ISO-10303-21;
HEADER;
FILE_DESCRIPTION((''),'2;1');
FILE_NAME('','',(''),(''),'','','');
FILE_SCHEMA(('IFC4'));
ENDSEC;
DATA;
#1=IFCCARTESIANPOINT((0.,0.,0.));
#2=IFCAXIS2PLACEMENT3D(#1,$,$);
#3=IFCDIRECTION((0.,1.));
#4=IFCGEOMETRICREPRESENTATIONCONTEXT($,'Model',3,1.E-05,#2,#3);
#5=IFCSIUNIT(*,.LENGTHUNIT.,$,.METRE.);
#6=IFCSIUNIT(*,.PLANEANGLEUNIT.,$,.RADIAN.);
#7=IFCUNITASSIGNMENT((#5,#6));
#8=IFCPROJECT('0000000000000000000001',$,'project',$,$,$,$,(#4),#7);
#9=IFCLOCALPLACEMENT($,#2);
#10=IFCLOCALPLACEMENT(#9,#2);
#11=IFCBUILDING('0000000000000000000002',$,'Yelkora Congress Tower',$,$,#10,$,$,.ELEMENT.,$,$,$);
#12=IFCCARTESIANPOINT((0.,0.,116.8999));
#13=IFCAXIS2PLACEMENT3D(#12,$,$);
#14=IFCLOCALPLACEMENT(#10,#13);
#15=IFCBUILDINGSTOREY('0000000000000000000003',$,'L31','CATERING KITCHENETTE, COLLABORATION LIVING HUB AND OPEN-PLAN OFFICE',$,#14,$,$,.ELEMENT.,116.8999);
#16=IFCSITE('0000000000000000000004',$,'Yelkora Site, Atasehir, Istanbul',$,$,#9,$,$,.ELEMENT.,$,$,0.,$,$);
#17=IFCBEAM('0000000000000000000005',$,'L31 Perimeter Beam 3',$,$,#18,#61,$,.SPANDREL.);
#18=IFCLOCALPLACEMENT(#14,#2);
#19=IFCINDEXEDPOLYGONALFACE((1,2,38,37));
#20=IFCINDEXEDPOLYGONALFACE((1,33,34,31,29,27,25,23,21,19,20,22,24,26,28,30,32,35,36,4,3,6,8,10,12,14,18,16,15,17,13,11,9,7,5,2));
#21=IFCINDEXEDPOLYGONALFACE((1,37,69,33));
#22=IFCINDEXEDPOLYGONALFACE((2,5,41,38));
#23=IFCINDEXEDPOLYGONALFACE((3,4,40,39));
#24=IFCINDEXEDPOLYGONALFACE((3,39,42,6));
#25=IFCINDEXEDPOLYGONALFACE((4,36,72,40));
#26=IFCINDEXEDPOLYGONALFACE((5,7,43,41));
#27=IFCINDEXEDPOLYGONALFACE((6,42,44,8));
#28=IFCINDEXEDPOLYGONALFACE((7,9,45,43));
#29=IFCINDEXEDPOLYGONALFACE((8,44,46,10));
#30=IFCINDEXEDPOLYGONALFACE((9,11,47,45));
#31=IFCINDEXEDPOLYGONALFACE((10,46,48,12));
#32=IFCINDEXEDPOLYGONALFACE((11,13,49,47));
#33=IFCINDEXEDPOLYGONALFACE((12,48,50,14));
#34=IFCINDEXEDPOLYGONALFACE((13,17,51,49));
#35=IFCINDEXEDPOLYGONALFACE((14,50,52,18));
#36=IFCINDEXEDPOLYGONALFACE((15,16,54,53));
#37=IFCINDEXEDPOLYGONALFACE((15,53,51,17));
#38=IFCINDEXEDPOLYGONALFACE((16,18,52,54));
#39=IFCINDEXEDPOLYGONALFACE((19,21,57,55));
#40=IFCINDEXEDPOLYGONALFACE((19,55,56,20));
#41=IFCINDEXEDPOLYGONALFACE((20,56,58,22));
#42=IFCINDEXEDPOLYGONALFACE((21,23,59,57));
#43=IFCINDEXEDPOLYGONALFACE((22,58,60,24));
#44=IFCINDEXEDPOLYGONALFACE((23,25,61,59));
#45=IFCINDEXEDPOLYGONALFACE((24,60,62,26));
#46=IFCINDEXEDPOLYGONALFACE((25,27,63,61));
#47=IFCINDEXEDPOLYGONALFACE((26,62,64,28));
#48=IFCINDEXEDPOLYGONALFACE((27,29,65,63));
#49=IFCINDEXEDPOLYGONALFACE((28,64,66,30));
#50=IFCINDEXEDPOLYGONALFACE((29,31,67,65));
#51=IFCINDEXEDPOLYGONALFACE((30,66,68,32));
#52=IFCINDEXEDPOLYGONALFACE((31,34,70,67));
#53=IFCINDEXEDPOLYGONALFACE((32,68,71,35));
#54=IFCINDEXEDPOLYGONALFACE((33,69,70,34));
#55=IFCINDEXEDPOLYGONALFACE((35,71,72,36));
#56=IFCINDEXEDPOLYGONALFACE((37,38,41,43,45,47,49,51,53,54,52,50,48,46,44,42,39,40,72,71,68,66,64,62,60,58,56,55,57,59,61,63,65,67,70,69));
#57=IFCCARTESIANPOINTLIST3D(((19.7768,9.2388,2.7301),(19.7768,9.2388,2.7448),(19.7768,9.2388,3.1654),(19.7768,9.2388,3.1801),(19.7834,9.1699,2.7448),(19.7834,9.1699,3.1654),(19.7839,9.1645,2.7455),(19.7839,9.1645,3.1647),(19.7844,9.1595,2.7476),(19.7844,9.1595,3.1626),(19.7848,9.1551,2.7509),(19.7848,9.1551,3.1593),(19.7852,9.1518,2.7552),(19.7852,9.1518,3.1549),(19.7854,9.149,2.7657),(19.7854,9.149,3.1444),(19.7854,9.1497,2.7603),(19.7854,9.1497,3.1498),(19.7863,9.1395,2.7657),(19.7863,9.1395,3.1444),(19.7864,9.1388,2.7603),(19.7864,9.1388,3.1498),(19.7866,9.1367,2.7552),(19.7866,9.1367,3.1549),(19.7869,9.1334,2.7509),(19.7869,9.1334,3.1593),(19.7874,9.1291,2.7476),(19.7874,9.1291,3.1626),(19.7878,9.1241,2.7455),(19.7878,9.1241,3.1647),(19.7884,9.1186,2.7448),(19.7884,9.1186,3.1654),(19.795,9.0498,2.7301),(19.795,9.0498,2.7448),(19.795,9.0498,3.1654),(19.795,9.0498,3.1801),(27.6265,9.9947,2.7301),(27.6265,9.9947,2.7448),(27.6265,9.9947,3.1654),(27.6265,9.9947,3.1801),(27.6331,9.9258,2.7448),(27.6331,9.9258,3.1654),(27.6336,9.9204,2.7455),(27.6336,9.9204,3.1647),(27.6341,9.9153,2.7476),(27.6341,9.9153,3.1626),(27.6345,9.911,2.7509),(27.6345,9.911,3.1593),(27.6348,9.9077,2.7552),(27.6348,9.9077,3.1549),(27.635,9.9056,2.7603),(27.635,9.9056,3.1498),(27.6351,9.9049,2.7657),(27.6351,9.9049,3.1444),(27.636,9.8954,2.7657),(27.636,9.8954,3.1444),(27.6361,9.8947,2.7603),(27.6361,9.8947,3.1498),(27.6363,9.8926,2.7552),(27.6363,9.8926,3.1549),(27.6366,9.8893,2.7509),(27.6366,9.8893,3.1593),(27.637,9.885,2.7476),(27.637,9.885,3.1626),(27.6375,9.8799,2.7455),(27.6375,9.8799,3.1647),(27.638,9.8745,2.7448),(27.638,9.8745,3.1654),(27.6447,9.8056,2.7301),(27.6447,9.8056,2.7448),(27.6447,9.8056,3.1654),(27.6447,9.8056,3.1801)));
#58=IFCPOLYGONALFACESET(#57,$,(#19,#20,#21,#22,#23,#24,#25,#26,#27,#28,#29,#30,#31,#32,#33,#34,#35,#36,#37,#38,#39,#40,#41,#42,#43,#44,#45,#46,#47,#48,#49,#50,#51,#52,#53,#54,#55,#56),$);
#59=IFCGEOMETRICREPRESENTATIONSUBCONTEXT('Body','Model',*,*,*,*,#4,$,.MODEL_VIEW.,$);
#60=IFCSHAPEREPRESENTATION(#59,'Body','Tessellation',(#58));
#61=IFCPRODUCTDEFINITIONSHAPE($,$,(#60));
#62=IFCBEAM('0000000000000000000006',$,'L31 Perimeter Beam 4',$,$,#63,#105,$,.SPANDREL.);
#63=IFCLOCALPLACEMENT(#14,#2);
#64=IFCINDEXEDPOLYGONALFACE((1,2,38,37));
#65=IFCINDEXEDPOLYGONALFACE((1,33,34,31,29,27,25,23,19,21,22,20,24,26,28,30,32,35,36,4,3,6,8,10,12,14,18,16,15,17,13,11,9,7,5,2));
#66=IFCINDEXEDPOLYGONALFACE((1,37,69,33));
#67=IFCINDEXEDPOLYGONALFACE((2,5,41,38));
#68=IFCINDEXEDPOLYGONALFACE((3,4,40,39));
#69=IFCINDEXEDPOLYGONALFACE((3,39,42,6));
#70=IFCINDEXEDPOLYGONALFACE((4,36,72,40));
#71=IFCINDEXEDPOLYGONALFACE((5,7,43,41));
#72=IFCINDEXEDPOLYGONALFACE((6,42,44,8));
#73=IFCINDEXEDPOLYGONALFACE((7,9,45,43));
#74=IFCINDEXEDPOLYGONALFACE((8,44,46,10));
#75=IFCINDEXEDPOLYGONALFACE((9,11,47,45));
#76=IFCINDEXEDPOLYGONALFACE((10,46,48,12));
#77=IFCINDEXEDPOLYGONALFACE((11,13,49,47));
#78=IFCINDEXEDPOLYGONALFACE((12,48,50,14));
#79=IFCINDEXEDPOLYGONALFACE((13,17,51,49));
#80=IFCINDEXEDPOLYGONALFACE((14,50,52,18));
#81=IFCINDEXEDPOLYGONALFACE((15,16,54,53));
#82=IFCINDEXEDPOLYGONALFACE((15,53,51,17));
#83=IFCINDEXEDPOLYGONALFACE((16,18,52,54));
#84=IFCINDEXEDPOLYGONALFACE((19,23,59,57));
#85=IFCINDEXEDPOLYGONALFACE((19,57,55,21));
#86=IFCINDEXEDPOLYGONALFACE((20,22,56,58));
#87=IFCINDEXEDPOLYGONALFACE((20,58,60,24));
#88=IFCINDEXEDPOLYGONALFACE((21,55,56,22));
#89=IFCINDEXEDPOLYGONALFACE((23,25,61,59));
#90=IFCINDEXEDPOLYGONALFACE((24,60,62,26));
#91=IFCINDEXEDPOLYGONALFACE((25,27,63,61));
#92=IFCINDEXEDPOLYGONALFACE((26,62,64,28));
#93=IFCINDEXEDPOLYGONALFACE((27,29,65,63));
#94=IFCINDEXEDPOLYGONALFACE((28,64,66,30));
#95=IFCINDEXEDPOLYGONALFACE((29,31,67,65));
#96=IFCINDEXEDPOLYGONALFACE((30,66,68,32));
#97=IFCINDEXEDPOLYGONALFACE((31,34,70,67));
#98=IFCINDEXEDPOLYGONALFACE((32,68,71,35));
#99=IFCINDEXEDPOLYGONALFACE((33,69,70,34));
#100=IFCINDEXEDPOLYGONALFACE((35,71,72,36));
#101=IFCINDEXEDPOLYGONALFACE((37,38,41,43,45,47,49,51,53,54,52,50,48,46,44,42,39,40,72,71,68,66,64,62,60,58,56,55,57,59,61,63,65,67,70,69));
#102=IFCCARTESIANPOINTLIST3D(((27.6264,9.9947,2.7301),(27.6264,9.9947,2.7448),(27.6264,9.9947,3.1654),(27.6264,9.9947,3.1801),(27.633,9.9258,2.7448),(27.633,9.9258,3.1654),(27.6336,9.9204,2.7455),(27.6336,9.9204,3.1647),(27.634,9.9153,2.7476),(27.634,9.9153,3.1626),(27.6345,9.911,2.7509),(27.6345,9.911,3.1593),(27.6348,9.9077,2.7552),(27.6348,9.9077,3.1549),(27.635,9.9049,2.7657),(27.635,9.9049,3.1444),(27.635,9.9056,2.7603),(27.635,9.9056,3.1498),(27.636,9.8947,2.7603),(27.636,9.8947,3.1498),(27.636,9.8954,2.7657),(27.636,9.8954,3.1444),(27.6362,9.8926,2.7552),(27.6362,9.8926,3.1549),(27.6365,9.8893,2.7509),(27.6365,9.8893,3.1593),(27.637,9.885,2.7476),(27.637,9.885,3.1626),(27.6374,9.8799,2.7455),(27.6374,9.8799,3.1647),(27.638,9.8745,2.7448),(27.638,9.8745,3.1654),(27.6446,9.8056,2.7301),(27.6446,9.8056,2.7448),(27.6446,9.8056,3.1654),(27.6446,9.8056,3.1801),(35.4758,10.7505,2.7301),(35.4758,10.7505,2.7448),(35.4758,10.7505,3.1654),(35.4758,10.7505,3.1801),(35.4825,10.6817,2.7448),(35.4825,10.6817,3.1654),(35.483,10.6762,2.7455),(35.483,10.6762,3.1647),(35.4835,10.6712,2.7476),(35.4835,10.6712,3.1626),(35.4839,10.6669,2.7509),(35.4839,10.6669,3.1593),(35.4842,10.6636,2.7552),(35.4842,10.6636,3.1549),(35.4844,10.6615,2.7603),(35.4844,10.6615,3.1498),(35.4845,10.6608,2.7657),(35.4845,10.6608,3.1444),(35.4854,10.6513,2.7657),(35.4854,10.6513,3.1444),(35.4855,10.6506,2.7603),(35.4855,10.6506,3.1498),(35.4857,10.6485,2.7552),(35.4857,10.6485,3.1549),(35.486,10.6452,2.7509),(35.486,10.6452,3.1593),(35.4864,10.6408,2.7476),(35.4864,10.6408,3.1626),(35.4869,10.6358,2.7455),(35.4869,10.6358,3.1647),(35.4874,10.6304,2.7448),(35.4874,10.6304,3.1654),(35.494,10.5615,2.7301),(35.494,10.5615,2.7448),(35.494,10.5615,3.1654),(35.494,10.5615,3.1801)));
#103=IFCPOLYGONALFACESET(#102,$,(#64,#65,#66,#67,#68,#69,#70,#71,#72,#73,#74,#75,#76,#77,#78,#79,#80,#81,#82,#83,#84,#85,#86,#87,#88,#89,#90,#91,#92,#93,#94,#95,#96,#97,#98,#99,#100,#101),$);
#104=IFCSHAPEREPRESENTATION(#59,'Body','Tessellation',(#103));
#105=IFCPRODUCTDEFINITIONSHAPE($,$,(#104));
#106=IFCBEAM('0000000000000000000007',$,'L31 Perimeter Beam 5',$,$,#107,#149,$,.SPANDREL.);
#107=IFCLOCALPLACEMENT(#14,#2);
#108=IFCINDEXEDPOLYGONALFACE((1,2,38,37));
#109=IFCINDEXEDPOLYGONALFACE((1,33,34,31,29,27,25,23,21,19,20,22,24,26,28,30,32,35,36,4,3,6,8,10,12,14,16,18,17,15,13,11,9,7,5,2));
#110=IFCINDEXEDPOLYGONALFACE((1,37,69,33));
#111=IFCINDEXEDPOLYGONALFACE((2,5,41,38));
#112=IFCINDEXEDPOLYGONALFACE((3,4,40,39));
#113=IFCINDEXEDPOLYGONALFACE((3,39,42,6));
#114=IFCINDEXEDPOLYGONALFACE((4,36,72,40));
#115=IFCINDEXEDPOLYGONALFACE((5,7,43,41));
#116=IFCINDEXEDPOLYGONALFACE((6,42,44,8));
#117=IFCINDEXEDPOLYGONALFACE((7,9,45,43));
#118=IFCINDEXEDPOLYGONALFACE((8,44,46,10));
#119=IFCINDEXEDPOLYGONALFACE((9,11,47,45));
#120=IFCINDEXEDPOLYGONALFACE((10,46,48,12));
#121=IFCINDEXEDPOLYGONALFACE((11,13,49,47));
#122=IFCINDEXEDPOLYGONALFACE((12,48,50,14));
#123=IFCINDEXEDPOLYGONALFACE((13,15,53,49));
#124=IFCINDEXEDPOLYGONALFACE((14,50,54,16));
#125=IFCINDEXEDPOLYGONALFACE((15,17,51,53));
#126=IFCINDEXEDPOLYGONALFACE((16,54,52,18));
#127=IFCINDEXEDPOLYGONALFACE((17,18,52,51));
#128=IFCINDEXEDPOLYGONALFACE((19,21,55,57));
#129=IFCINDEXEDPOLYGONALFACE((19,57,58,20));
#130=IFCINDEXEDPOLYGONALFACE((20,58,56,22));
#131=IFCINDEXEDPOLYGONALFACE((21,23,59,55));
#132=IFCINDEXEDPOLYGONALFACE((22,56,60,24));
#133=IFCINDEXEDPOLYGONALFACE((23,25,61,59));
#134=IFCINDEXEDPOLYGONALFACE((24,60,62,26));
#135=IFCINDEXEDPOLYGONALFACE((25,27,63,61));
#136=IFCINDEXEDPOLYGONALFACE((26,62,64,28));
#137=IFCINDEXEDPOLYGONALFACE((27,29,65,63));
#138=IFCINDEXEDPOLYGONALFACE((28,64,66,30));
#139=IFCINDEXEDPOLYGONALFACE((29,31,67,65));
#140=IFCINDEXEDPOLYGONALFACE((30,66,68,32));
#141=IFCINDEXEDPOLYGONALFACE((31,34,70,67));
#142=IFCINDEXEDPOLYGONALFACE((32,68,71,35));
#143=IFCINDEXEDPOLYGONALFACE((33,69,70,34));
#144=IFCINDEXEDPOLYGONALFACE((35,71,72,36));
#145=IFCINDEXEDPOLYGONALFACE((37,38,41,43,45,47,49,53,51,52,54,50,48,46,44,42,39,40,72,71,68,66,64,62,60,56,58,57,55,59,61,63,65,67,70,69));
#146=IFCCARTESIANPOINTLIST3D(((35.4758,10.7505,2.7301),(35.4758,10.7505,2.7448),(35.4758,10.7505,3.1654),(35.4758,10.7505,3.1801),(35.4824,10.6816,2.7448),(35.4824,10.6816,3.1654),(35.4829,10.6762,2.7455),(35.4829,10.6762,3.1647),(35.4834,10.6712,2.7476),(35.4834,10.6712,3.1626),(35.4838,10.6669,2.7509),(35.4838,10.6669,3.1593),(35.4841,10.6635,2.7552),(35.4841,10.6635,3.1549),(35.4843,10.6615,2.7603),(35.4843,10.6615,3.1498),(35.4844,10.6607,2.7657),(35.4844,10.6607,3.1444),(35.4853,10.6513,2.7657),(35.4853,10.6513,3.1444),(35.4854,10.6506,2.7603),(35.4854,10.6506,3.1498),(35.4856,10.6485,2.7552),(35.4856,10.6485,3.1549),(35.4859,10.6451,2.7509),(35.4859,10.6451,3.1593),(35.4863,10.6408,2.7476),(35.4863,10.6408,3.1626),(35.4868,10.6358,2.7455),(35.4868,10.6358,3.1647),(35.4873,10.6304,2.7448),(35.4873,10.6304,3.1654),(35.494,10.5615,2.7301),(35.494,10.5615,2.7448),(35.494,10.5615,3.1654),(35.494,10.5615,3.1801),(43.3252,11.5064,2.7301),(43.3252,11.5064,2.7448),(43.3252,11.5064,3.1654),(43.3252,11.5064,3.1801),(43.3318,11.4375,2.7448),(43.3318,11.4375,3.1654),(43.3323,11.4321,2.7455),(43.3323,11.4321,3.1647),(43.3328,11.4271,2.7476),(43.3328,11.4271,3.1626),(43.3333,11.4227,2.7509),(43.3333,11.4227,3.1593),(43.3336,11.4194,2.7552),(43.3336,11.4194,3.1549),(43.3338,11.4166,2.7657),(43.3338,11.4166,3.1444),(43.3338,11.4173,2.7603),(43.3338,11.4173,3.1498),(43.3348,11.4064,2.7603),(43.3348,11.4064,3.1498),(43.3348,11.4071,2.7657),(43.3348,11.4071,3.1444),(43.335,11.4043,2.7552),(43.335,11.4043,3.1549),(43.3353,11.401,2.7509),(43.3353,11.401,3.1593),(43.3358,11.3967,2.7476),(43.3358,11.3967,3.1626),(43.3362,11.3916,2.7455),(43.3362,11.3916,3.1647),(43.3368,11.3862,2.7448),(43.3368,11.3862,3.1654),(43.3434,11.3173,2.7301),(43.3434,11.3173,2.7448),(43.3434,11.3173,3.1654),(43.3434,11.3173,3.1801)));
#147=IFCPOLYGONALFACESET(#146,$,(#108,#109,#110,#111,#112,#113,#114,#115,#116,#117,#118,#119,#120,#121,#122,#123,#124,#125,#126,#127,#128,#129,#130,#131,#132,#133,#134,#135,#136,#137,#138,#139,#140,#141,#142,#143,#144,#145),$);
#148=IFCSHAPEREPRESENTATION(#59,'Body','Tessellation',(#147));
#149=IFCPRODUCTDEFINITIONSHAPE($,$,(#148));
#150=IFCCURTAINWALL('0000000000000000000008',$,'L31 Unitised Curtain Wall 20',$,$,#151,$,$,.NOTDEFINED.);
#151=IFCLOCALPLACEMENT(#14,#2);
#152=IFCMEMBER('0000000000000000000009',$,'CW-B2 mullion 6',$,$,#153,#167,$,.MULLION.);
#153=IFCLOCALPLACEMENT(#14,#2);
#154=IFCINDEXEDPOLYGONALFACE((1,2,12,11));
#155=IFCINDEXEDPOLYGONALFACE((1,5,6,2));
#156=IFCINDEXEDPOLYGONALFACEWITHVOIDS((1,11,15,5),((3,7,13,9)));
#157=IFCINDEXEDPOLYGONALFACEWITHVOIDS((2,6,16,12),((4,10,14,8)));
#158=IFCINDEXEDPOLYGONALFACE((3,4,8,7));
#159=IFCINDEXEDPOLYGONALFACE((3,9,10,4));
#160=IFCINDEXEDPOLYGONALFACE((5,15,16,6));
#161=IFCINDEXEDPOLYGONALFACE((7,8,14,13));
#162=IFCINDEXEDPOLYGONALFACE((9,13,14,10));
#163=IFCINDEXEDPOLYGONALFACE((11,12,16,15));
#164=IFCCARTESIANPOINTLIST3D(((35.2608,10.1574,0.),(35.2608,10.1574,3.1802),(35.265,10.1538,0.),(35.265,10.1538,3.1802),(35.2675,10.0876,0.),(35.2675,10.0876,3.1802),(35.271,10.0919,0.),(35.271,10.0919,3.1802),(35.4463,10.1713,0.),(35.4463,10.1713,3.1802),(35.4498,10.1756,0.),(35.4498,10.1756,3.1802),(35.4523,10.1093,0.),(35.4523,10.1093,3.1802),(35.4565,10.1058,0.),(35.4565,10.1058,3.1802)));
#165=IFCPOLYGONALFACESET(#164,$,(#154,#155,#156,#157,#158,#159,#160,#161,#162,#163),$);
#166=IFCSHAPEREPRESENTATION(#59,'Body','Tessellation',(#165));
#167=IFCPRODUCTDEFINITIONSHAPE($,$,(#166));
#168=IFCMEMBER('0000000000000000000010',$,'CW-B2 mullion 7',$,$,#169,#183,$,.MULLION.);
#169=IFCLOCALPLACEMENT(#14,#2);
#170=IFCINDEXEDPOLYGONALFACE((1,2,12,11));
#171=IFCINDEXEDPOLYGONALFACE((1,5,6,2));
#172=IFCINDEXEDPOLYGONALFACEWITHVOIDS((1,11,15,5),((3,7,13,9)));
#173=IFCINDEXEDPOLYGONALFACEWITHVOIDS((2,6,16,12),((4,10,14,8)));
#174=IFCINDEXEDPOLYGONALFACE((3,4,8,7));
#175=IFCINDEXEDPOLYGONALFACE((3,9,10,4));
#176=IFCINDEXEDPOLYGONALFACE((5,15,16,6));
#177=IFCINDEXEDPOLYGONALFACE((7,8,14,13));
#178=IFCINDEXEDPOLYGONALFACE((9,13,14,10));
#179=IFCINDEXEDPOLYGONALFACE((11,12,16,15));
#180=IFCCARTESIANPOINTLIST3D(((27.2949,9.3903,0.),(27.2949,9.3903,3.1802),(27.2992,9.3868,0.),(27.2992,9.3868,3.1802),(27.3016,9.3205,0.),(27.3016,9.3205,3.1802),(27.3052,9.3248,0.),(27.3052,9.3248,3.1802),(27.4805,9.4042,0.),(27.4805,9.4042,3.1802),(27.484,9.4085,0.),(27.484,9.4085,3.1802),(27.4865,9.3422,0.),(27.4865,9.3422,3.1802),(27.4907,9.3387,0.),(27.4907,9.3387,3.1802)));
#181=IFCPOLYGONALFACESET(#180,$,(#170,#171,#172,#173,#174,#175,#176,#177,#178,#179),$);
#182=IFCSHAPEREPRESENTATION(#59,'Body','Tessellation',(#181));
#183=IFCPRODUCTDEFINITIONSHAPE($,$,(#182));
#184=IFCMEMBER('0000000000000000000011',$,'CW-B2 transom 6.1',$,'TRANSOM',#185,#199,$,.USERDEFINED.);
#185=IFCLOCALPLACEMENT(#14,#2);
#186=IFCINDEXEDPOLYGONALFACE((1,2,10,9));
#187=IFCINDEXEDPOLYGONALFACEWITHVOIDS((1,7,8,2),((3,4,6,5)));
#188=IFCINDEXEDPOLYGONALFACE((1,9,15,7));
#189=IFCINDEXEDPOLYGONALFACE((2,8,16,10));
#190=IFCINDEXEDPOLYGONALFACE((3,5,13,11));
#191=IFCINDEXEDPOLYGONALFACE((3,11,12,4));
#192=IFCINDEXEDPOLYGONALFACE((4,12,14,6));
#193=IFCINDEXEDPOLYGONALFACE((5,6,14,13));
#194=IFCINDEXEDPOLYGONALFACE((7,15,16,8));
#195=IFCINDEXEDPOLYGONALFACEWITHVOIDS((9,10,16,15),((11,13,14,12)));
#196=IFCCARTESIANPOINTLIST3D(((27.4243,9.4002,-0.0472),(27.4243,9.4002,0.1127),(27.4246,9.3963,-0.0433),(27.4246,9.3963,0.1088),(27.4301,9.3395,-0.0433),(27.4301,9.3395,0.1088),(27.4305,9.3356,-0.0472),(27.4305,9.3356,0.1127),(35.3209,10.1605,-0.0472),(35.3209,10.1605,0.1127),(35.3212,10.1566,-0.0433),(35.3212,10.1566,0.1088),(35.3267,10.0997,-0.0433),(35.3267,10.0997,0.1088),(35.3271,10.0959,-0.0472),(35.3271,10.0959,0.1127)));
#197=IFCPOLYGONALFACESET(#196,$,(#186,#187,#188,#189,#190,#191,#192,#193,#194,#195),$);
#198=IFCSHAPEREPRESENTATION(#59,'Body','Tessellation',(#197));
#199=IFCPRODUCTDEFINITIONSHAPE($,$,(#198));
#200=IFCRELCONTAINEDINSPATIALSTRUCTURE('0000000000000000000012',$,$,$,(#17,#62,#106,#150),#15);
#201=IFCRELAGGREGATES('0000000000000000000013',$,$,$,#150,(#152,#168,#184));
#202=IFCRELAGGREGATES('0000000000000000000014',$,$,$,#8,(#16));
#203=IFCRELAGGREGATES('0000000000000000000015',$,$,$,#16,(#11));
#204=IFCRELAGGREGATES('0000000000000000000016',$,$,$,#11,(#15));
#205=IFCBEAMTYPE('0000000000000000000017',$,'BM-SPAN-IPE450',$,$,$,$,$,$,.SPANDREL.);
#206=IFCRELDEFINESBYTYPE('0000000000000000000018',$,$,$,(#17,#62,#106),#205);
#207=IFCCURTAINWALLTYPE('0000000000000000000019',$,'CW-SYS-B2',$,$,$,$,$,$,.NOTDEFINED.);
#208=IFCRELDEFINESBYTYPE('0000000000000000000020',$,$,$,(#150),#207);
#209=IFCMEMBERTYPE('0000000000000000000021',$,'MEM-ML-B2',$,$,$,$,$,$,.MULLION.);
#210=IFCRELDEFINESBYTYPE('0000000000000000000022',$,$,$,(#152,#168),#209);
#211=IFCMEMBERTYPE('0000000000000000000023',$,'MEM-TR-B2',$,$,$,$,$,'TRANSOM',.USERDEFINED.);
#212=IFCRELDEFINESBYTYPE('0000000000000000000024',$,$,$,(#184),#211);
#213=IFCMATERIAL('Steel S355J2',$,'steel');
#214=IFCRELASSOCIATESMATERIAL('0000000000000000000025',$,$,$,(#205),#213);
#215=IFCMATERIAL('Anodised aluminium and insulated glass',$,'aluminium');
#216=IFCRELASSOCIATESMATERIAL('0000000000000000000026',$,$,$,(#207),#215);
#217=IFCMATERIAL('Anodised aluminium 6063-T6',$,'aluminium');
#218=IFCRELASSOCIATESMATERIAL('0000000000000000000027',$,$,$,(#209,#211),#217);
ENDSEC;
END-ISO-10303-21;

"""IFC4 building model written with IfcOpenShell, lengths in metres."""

from ifc_helpers import new_model, si_unit, direction, frame, origin, origin_2d, place, context, subcontext, project, spatial, hollow_rectangle, i_section, extrude, material, material_profile, profile_set, type_object, element, aggregate, save


model = new_model("IFC4")

# Units and contexts
model_context = context("Model", 3, precision=1e-05, world=origin(), true_north=direction((0.0, 1.0)))
body_context = subcontext(model_context, "Body", "Model", "MODEL_VIEW")
ifc_project = project(units=[si_unit("LENGTHUNIT", "METRE"), si_unit("PLANEANGLEUNIT", "RADIAN")], contexts=[model_context])

# Site, building, storey
site_placement = place(None, origin())
site = spatial("IfcSite", under=ifc_project, at=site_placement, Name="Yelkora Site, Atasehir, Istanbul", CompositionType="ELEMENT", RefElevation=0.0)
building_placement = place(site_placement, origin())
building = spatial("IfcBuilding", under=site, at=building_placement, Name="Yelkora Congress Tower", CompositionType="ELEMENT")
storey_placement = place(building_placement, frame((0.0, 0.0, 116.8999)))
storey = spatial("IfcBuildingStorey", under=building, at=storey_placement, Name="L31", Description="CATERING KITCHENETTE, COLLABORATION LIVING HUB AND OPEN-PLAN OFFICE", CompositionType="ELEMENT", Elevation=116.8999)

# Beams
ifc_material_1 = material(Name="Steel S355J2", Category="steel")
ifc_material_profile_1 = material_profile(ifc_material_1, i_section(OverallWidth=0.1899, OverallDepth=0.45, WebThickness=0.0095, FlangeThickness=0.0146, FilletRadius=0.021, at=origin_2d()), Name="IPE 450")
ifc_profile_set_1 = profile_set([ifc_material_profile_1], Name="Steel S355J2")
beam_type_1 = type_object("IfcBeamType", Name="BM-SPAN-IPE450", PredefinedType="SPANDREL", material=ifc_profile_set_1)
beam_1_placement = place(storey_placement, frame((19.7859, 9.1443, 2.9551), z_axis=(0.995396, 0.095849, 0.0), x_axis=(-0.095849, 0.995396, 0.0)))
element("IfcBeam", 1, at=beam_1_placement, inside=storey, type_object=beam_type_1, Name="L31 Perimeter Beam 3", PredefinedType="SPANDREL", context=body_context, shape_type="SweptSolid", body=[
    extrude(i_section(OverallWidth=0.1899, OverallDepth=0.45, WebThickness=0.0095, FlangeThickness=0.0146, FilletRadius=0.021, at=origin_2d()), origin(), (0.0, 0.0, 1.0), 7.886),
])
for number, where, z_axis, x_axis, name in (
    (2, (27.6355, 9.9001, 2.9551), (0.995396, 0.095852, 0.0), (-0.095852, 0.995396, 0.0), "L31 Perimeter Beam 4"),
    (3, (35.4849, 10.656, 2.9551), (0.995396, 0.095852, 0.0), (-0.095852, 0.995396, 0.0), "L31 Perimeter Beam 5"),
):
    element("IfcBeam", number, at=place(storey_placement, frame(where, z_axis=z_axis, x_axis=x_axis)), inside=storey, type_object=beam_type_1, Name=name, PredefinedType="SPANDREL", context=body_context, shape_type="SweptSolid", body=[
        extrude(i_section(OverallWidth=0.1899, OverallDepth=0.45, WebThickness=0.0095, FlangeThickness=0.0146, FilletRadius=0.021, at=origin_2d()), origin(), (0.0, 0.0, 1.0), 7.8857),
    ])

# Curtain wall, members
ifc_material_2 = material(Name="Anodised aluminium and insulated glass", Category="aluminium")
curtain_wall_type = type_object("IfcCurtainWallType", Name="CW-SYS-B2", PredefinedType="NOTDEFINED", material=ifc_material_2)
curtain_wall_placement = place(storey_placement, origin())
curtain_wall = element("IfcCurtainWall", 4, at=curtain_wall_placement, inside=storey, type_object=curtain_wall_type, Name="L31 Unitised Curtain Wall 20", PredefinedType="NOTDEFINED")
ifc_material_3 = material(Name="Anodised aluminium 6063-T6", Category="aluminium")
ifc_material_profile_2 = material_profile(ifc_material_3, hollow_rectangle(XDim=0.0701, YDim=0.1899, WallThickness=0.0039, at=origin_2d()), Name="ALU 70x190x4")
ifc_profile_set_2 = profile_set([ifc_material_profile_2], Name="Anodised aluminium 6063-T6")
member_type_1 = type_object("IfcMemberType", Name="MEM-ML-B2", PredefinedType="MULLION", material=ifc_profile_set_2)
member_1_placement = place(storey_placement, frame((35.3586, 10.1316, 0.0), z_axis=(0.0, 0.0, 1.0), x_axis=(0.095844, -0.995396, 0.0)))
member_1 = element("IfcMember", 5, at=member_1_placement, type_object=member_type_1, Name="CW-B2 mullion 6", PredefinedType="MULLION", context=body_context, shape_type="SweptSolid", body=[
    extrude(hollow_rectangle(XDim=0.0701, YDim=0.1899, WallThickness=0.0039, at=origin_2d()), origin(), (0.0, 0.0, 1.0), 3.1802),
])
member_2_placement = place(storey_placement, frame((27.3928, 9.3645, 0.0), z_axis=(0.0, 0.0, 1.0), x_axis=(0.095844, -0.995396, 0.0)))
member_2 = element("IfcMember", 6, at=member_2_placement, type_object=member_type_1, Name="CW-B2 mullion 7", PredefinedType="MULLION", context=body_context, shape_type="SweptSolid", body=[
    extrude(hollow_rectangle(XDim=0.0701, YDim=0.1899, WallThickness=0.0039, at=origin_2d()), origin(), (0.0, 0.0, 1.0), 3.1802),
])
ifc_material_profile_3 = material_profile(ifc_material_3, hollow_rectangle(XDim=0.0649, YDim=0.1599, WallThickness=0.0039, at=origin_2d()), Name="ALU 65x160x4")
ifc_profile_set_3 = profile_set([ifc_material_profile_3], Name="Anodised aluminium 6063-T6")
member_type_2 = type_object("IfcMemberType", Name="MEM-TR-B2", ElementType="TRANSOM", PredefinedType="USERDEFINED", material=ifc_profile_set_3)
member_3_placement = place(storey_placement, frame((35.324, 10.1282, 0.0327), z_axis=(-0.995397, -0.095834, 0.0), x_axis=(0.095834, -0.995397, 0.0)))
member_3 = element("IfcMember", 7, at=member_3_placement, type_object=member_type_2, Name="CW-B2 transom 6.1", ObjectType="TRANSOM", PredefinedType="USERDEFINED", context=body_context, shape_type="SweptSolid", body=[
    extrude(hollow_rectangle(XDim=0.0649, YDim=0.1599, WallThickness=0.0039, at=origin_2d()), origin(), (0.0, 0.0, 1.0), 7.9331),
])
aggregate(curtain_wall, [member_1, member_2, member_3])

save(model, "model.ifc")
